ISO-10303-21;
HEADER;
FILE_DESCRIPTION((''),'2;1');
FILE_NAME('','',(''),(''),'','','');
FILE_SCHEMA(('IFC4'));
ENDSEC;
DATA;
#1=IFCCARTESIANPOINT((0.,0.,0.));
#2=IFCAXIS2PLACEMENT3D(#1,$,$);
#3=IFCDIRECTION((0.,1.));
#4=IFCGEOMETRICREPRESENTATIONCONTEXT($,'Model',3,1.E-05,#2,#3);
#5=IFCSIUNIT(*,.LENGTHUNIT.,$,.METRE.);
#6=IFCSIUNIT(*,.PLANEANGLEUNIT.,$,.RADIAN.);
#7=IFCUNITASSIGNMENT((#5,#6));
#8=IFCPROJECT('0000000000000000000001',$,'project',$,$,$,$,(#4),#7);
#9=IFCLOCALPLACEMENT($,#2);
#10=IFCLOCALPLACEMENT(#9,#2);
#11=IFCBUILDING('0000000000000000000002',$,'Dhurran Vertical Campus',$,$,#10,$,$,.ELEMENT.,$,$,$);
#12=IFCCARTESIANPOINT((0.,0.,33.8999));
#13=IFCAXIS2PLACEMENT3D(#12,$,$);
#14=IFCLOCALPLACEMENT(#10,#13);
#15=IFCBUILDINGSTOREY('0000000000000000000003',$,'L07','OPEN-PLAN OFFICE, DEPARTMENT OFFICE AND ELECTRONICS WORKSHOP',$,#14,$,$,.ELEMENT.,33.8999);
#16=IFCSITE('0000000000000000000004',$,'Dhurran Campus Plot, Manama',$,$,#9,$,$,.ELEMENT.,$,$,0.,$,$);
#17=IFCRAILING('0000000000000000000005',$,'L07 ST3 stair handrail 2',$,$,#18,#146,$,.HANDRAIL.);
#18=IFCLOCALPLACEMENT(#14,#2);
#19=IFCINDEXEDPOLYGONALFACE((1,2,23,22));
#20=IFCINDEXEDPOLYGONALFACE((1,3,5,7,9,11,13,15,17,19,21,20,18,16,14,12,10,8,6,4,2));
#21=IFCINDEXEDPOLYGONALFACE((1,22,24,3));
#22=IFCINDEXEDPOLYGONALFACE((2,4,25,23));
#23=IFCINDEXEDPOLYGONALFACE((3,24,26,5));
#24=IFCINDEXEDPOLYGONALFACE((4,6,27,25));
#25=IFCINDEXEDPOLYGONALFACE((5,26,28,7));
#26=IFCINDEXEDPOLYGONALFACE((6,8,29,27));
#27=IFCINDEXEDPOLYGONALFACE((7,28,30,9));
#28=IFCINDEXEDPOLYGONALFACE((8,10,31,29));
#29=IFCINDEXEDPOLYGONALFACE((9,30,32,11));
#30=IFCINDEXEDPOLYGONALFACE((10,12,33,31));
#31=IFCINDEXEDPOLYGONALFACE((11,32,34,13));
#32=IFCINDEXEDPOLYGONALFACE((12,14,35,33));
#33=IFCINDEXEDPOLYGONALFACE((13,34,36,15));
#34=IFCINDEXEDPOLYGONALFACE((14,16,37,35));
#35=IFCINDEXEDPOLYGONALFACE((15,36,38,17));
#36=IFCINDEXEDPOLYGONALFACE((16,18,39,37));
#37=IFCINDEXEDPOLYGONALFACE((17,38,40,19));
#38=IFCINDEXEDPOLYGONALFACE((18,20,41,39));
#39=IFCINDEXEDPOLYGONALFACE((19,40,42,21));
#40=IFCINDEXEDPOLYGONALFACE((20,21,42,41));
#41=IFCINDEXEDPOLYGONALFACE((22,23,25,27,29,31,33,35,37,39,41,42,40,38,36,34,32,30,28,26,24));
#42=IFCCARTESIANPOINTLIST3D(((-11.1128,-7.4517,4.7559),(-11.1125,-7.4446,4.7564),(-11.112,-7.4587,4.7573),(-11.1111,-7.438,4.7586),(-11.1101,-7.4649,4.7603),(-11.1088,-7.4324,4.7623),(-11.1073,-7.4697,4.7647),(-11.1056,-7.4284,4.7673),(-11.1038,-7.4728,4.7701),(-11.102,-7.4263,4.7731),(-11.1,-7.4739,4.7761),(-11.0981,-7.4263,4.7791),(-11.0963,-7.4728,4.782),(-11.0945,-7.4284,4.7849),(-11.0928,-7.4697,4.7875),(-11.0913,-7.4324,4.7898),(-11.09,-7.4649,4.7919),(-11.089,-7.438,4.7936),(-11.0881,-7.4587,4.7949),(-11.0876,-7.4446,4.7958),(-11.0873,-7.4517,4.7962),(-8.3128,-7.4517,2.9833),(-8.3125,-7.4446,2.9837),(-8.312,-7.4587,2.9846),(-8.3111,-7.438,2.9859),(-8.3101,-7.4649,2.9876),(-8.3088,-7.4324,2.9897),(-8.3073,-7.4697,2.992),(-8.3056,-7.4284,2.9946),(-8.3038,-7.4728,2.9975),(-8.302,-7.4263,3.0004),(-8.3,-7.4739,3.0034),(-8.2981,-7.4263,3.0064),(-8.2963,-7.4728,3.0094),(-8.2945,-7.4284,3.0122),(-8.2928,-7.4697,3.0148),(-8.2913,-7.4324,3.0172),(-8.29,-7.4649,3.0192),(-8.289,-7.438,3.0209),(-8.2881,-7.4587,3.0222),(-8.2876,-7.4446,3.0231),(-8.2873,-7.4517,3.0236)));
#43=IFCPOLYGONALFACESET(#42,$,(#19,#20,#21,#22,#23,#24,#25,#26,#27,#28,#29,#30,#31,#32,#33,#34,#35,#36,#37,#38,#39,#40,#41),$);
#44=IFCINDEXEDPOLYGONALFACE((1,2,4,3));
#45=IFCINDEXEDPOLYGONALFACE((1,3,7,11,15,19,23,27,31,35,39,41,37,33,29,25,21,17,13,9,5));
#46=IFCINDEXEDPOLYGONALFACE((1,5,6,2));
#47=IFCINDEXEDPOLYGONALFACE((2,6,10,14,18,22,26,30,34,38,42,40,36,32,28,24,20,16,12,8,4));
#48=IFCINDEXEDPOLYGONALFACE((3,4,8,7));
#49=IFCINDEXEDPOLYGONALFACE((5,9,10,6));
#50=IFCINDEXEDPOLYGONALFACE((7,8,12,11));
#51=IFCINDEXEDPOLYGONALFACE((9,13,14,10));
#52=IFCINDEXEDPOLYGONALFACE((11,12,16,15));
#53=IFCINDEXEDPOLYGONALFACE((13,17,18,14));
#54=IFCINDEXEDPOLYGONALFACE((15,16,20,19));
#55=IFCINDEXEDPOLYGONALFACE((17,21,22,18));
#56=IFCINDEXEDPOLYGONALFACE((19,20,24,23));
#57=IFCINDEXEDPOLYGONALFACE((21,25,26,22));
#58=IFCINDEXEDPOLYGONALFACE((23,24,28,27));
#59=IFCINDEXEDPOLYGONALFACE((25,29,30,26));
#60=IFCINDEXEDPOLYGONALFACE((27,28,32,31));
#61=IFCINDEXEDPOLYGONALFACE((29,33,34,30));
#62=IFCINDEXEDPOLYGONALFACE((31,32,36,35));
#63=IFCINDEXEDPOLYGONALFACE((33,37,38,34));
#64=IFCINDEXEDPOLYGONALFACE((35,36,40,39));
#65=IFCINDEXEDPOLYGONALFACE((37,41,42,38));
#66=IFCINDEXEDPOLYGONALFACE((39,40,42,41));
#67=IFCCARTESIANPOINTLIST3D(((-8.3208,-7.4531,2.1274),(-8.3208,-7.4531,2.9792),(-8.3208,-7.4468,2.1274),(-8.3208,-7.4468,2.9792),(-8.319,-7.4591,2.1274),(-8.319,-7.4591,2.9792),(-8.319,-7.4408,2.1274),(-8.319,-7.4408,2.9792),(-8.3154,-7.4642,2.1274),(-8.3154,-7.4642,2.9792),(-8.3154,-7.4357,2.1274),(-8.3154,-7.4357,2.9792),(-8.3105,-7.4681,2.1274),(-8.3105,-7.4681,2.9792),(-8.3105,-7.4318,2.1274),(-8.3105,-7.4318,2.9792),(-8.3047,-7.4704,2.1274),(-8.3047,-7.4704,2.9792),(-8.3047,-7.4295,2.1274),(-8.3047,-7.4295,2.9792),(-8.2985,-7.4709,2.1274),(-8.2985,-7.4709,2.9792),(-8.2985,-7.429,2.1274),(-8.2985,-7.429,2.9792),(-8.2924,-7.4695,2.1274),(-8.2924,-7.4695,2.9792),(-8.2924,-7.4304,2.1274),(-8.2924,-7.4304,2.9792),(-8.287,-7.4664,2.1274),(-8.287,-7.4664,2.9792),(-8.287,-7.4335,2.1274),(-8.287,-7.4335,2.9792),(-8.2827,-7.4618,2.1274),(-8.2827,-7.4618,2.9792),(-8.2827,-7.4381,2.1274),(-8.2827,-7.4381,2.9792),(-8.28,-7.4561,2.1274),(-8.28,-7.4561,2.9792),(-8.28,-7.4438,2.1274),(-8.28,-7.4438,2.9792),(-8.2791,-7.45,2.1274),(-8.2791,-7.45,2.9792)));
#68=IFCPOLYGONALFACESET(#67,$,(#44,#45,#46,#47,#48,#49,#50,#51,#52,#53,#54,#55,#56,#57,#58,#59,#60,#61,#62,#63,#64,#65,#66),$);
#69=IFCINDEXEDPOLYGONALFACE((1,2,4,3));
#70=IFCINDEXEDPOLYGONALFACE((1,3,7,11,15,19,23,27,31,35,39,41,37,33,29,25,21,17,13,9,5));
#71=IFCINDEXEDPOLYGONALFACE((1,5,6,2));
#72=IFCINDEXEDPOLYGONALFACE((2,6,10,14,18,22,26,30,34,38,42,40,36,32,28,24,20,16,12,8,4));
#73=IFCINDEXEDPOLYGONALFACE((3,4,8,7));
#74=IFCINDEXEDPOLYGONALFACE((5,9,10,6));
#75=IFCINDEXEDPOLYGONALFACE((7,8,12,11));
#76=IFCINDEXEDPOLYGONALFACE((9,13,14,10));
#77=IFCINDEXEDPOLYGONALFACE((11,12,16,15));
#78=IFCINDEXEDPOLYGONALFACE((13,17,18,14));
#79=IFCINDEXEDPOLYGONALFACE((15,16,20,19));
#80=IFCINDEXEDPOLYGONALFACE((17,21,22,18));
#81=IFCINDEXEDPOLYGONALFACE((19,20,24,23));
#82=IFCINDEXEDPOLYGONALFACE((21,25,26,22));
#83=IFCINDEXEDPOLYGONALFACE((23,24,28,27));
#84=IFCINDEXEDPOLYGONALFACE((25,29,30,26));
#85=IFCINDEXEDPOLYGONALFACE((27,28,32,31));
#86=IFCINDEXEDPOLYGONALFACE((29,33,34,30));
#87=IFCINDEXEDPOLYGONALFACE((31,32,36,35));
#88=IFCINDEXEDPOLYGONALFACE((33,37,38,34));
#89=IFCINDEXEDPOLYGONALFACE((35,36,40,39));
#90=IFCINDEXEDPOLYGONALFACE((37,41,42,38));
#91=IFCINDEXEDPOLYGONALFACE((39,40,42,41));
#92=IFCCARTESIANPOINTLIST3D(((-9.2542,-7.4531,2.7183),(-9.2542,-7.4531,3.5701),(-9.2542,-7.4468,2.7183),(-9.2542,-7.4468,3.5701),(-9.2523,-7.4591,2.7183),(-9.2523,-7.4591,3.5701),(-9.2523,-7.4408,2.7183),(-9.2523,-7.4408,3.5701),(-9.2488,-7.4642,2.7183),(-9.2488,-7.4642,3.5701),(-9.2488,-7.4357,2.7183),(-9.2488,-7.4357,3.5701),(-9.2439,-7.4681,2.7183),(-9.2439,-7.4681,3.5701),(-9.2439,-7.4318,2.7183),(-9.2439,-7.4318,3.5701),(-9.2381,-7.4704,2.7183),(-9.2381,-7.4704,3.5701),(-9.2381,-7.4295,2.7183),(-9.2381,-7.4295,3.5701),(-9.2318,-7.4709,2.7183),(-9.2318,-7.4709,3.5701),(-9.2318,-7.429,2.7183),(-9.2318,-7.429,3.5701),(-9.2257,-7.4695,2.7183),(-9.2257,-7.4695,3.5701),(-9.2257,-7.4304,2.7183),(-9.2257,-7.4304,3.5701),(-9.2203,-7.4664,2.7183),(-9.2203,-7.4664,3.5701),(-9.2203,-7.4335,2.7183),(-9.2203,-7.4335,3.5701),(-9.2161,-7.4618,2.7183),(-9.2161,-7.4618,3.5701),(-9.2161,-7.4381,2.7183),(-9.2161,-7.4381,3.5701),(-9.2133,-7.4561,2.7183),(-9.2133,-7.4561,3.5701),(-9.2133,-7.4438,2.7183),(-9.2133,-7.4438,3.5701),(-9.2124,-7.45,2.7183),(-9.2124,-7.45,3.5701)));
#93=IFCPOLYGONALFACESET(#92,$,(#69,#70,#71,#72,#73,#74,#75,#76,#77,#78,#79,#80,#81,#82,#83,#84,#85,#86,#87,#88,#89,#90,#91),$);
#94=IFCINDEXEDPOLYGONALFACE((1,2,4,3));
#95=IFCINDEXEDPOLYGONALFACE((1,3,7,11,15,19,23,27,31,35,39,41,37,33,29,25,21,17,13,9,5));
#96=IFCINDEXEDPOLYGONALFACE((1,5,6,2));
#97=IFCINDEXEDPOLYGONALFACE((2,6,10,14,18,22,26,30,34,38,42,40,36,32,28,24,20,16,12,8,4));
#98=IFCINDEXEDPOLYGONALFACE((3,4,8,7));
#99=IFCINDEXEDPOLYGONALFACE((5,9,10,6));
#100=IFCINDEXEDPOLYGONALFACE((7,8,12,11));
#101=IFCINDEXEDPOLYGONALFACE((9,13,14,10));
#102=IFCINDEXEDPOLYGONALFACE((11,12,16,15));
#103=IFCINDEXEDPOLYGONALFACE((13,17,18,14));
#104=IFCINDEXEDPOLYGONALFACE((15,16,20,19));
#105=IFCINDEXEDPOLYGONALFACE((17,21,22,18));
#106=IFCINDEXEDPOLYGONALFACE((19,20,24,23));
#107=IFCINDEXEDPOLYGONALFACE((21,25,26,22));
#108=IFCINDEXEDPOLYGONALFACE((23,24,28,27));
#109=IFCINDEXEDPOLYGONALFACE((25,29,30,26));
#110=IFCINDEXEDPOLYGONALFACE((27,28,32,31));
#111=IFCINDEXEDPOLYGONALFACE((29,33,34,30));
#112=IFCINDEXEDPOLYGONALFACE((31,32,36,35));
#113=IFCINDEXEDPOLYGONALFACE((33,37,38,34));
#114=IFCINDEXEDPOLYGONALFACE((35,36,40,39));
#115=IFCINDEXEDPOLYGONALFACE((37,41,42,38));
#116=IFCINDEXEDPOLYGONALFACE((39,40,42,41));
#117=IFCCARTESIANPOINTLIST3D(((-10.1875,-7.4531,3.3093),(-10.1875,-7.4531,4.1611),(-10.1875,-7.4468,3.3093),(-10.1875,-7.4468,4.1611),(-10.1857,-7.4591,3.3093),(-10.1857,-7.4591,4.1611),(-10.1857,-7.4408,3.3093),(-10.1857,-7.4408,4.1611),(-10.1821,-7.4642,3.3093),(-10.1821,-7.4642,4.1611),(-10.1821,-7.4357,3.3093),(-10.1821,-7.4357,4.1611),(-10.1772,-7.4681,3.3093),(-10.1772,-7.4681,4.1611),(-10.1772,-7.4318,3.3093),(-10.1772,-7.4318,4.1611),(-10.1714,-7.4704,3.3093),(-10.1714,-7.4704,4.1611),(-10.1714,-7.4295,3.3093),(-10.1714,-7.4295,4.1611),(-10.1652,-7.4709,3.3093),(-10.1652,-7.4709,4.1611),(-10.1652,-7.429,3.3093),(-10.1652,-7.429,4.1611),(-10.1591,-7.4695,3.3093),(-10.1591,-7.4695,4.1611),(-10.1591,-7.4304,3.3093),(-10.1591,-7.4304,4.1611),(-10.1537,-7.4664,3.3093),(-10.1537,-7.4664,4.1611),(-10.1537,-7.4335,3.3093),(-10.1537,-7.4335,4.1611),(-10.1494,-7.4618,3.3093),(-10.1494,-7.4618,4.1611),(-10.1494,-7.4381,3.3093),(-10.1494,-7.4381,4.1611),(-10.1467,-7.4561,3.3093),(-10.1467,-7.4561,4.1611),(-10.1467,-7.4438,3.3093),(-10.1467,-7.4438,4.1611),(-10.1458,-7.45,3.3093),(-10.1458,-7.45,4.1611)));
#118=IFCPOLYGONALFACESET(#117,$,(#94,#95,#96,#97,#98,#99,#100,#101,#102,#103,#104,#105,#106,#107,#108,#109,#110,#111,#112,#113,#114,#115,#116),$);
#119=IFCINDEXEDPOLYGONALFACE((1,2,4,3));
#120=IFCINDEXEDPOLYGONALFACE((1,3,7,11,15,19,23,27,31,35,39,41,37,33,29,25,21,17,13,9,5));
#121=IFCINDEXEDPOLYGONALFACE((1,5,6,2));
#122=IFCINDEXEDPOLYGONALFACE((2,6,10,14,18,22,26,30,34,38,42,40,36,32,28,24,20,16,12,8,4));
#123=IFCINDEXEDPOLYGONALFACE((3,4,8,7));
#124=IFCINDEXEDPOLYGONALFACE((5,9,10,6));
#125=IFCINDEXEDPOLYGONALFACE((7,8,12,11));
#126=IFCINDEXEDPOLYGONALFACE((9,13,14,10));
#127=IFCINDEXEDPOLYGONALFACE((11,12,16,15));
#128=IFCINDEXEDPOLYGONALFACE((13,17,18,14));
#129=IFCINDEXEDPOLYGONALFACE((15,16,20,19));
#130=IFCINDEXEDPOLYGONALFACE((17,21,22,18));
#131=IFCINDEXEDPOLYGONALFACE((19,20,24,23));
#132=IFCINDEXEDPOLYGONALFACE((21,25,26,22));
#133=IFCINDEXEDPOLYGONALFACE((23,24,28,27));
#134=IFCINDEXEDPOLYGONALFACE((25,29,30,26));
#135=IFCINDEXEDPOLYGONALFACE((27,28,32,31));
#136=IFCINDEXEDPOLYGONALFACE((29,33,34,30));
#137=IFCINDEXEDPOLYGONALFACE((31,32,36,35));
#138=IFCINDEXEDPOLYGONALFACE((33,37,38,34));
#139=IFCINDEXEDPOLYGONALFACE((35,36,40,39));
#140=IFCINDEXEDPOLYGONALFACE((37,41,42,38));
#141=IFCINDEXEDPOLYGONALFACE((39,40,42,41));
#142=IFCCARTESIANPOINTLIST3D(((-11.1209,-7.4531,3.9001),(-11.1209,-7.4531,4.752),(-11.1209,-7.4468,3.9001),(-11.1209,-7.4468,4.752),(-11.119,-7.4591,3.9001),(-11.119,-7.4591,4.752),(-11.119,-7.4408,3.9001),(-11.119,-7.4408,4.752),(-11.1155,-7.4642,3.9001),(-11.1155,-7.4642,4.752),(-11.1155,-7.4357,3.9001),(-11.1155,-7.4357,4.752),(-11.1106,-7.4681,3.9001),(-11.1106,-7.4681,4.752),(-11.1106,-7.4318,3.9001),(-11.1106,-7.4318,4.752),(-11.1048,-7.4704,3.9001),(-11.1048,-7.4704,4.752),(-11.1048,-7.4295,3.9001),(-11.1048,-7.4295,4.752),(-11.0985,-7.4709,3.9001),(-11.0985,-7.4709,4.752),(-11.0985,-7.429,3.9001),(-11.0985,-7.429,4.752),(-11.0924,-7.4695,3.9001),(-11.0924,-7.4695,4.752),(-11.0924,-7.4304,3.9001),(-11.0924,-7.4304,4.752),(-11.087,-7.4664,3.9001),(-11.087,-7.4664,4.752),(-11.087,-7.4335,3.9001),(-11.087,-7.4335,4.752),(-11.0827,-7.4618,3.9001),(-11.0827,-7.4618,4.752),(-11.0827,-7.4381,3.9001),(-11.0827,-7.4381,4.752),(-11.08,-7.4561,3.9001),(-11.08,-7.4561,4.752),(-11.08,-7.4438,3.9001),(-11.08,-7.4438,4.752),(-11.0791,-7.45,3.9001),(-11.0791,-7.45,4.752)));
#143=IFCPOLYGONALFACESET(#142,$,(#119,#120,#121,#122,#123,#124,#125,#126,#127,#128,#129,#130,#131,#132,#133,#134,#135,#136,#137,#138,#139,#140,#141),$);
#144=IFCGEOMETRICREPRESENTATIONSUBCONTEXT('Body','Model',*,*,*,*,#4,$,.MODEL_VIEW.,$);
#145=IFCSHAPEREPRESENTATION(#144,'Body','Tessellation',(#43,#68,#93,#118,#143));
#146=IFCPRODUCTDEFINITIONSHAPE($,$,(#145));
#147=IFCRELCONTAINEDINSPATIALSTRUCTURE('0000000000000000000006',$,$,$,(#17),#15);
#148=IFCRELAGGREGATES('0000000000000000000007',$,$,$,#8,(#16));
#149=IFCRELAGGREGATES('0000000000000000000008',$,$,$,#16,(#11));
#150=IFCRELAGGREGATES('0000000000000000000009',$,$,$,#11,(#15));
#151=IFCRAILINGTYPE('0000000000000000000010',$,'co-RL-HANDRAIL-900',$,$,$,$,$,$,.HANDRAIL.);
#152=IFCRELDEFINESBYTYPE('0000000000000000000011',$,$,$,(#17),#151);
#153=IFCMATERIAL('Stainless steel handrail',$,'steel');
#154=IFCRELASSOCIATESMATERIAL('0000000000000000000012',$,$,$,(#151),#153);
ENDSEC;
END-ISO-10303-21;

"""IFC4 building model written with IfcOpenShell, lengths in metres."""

from ifc_helpers import new_model, si_unit, direction, frame, origin, origin_2d, place, context, subcontext, project, spatial, circle, extrude, material, type_object, element, save


model = new_model("IFC4")

# Units and contexts
model_context = context("Model", 3, precision=1e-05, world=origin(), true_north=direction((0.0, 1.0)))
body_context = subcontext(model_context, "Body", "Model", "MODEL_VIEW")
ifc_project = project(units=[si_unit("LENGTHUNIT", "METRE"), si_unit("PLANEANGLEUNIT", "RADIAN")], contexts=[model_context])

# Site, building, storey
site_placement = place(None, origin())
site = spatial("IfcSite", under=ifc_project, at=site_placement, Name="Dhurran Campus Plot, Manama", CompositionType="ELEMENT", RefElevation=0.0)
building_placement = place(site_placement, origin())
building = spatial("IfcBuilding", under=site, at=building_placement, Name="Dhurran Vertical Campus", CompositionType="ELEMENT")
storey_placement = place(building_placement, frame((0.0, 0.0, 33.8999)))
storey = spatial("IfcBuildingStorey", under=building, at=storey_placement, Name="L07", Description="OPEN-PLAN OFFICE, DEPARTMENT OFFICE AND ELECTRONICS WORKSHOP", CompositionType="ELEMENT", Elevation=33.8999)

# Railing
ifc_material_1 = material(Name="Stainless steel handrail", Category="steel")
railing_type_1 = type_object("IfcRailingType", Name="co-RL-HANDRAIL-900", PredefinedType="HANDRAIL", material=ifc_material_1)
railing_1_placement = place(storey_placement, frame((-8.3, -7.45, 2.1274)))
element("IfcRailing", 1, at=railing_1_placement, inside=storey, type_object=railing_type_1, Name="L07 ST3 stair handrail 2", PredefinedType="HANDRAIL", context=body_context, shape_type="SweptSolid", body=[
    extrude(circle(Radius=0.0239, at=origin_2d()), frame((0.0, 0.0, 0.876), z_axis=(-0.844909, 0.0, 0.53491), x_axis=(0.0, -1.0, 0.0)), (0.0, 0.0, 1.0), 3.314),
    extrude(circle(Radius=0.021, at=origin_2d()), origin(), (0.0, 0.0, 1.0), 0.8518),
    extrude(circle(Radius=0.021, at=origin_2d()), frame((-0.9333, 0.0, 0.5908)), (0.0, 0.0, 1.0), 0.8518),
    extrude(circle(Radius=0.021, at=origin_2d()), frame((-1.8667, 0.0, 1.1819)), (0.0, 0.0, 1.0), 0.8518),
    extrude(circle(Radius=0.021, at=origin_2d()), frame((-2.8, 0.0, 1.7727)), (0.0, 0.0, 1.0), 0.8518),
])

save(model, "model.ifc")
